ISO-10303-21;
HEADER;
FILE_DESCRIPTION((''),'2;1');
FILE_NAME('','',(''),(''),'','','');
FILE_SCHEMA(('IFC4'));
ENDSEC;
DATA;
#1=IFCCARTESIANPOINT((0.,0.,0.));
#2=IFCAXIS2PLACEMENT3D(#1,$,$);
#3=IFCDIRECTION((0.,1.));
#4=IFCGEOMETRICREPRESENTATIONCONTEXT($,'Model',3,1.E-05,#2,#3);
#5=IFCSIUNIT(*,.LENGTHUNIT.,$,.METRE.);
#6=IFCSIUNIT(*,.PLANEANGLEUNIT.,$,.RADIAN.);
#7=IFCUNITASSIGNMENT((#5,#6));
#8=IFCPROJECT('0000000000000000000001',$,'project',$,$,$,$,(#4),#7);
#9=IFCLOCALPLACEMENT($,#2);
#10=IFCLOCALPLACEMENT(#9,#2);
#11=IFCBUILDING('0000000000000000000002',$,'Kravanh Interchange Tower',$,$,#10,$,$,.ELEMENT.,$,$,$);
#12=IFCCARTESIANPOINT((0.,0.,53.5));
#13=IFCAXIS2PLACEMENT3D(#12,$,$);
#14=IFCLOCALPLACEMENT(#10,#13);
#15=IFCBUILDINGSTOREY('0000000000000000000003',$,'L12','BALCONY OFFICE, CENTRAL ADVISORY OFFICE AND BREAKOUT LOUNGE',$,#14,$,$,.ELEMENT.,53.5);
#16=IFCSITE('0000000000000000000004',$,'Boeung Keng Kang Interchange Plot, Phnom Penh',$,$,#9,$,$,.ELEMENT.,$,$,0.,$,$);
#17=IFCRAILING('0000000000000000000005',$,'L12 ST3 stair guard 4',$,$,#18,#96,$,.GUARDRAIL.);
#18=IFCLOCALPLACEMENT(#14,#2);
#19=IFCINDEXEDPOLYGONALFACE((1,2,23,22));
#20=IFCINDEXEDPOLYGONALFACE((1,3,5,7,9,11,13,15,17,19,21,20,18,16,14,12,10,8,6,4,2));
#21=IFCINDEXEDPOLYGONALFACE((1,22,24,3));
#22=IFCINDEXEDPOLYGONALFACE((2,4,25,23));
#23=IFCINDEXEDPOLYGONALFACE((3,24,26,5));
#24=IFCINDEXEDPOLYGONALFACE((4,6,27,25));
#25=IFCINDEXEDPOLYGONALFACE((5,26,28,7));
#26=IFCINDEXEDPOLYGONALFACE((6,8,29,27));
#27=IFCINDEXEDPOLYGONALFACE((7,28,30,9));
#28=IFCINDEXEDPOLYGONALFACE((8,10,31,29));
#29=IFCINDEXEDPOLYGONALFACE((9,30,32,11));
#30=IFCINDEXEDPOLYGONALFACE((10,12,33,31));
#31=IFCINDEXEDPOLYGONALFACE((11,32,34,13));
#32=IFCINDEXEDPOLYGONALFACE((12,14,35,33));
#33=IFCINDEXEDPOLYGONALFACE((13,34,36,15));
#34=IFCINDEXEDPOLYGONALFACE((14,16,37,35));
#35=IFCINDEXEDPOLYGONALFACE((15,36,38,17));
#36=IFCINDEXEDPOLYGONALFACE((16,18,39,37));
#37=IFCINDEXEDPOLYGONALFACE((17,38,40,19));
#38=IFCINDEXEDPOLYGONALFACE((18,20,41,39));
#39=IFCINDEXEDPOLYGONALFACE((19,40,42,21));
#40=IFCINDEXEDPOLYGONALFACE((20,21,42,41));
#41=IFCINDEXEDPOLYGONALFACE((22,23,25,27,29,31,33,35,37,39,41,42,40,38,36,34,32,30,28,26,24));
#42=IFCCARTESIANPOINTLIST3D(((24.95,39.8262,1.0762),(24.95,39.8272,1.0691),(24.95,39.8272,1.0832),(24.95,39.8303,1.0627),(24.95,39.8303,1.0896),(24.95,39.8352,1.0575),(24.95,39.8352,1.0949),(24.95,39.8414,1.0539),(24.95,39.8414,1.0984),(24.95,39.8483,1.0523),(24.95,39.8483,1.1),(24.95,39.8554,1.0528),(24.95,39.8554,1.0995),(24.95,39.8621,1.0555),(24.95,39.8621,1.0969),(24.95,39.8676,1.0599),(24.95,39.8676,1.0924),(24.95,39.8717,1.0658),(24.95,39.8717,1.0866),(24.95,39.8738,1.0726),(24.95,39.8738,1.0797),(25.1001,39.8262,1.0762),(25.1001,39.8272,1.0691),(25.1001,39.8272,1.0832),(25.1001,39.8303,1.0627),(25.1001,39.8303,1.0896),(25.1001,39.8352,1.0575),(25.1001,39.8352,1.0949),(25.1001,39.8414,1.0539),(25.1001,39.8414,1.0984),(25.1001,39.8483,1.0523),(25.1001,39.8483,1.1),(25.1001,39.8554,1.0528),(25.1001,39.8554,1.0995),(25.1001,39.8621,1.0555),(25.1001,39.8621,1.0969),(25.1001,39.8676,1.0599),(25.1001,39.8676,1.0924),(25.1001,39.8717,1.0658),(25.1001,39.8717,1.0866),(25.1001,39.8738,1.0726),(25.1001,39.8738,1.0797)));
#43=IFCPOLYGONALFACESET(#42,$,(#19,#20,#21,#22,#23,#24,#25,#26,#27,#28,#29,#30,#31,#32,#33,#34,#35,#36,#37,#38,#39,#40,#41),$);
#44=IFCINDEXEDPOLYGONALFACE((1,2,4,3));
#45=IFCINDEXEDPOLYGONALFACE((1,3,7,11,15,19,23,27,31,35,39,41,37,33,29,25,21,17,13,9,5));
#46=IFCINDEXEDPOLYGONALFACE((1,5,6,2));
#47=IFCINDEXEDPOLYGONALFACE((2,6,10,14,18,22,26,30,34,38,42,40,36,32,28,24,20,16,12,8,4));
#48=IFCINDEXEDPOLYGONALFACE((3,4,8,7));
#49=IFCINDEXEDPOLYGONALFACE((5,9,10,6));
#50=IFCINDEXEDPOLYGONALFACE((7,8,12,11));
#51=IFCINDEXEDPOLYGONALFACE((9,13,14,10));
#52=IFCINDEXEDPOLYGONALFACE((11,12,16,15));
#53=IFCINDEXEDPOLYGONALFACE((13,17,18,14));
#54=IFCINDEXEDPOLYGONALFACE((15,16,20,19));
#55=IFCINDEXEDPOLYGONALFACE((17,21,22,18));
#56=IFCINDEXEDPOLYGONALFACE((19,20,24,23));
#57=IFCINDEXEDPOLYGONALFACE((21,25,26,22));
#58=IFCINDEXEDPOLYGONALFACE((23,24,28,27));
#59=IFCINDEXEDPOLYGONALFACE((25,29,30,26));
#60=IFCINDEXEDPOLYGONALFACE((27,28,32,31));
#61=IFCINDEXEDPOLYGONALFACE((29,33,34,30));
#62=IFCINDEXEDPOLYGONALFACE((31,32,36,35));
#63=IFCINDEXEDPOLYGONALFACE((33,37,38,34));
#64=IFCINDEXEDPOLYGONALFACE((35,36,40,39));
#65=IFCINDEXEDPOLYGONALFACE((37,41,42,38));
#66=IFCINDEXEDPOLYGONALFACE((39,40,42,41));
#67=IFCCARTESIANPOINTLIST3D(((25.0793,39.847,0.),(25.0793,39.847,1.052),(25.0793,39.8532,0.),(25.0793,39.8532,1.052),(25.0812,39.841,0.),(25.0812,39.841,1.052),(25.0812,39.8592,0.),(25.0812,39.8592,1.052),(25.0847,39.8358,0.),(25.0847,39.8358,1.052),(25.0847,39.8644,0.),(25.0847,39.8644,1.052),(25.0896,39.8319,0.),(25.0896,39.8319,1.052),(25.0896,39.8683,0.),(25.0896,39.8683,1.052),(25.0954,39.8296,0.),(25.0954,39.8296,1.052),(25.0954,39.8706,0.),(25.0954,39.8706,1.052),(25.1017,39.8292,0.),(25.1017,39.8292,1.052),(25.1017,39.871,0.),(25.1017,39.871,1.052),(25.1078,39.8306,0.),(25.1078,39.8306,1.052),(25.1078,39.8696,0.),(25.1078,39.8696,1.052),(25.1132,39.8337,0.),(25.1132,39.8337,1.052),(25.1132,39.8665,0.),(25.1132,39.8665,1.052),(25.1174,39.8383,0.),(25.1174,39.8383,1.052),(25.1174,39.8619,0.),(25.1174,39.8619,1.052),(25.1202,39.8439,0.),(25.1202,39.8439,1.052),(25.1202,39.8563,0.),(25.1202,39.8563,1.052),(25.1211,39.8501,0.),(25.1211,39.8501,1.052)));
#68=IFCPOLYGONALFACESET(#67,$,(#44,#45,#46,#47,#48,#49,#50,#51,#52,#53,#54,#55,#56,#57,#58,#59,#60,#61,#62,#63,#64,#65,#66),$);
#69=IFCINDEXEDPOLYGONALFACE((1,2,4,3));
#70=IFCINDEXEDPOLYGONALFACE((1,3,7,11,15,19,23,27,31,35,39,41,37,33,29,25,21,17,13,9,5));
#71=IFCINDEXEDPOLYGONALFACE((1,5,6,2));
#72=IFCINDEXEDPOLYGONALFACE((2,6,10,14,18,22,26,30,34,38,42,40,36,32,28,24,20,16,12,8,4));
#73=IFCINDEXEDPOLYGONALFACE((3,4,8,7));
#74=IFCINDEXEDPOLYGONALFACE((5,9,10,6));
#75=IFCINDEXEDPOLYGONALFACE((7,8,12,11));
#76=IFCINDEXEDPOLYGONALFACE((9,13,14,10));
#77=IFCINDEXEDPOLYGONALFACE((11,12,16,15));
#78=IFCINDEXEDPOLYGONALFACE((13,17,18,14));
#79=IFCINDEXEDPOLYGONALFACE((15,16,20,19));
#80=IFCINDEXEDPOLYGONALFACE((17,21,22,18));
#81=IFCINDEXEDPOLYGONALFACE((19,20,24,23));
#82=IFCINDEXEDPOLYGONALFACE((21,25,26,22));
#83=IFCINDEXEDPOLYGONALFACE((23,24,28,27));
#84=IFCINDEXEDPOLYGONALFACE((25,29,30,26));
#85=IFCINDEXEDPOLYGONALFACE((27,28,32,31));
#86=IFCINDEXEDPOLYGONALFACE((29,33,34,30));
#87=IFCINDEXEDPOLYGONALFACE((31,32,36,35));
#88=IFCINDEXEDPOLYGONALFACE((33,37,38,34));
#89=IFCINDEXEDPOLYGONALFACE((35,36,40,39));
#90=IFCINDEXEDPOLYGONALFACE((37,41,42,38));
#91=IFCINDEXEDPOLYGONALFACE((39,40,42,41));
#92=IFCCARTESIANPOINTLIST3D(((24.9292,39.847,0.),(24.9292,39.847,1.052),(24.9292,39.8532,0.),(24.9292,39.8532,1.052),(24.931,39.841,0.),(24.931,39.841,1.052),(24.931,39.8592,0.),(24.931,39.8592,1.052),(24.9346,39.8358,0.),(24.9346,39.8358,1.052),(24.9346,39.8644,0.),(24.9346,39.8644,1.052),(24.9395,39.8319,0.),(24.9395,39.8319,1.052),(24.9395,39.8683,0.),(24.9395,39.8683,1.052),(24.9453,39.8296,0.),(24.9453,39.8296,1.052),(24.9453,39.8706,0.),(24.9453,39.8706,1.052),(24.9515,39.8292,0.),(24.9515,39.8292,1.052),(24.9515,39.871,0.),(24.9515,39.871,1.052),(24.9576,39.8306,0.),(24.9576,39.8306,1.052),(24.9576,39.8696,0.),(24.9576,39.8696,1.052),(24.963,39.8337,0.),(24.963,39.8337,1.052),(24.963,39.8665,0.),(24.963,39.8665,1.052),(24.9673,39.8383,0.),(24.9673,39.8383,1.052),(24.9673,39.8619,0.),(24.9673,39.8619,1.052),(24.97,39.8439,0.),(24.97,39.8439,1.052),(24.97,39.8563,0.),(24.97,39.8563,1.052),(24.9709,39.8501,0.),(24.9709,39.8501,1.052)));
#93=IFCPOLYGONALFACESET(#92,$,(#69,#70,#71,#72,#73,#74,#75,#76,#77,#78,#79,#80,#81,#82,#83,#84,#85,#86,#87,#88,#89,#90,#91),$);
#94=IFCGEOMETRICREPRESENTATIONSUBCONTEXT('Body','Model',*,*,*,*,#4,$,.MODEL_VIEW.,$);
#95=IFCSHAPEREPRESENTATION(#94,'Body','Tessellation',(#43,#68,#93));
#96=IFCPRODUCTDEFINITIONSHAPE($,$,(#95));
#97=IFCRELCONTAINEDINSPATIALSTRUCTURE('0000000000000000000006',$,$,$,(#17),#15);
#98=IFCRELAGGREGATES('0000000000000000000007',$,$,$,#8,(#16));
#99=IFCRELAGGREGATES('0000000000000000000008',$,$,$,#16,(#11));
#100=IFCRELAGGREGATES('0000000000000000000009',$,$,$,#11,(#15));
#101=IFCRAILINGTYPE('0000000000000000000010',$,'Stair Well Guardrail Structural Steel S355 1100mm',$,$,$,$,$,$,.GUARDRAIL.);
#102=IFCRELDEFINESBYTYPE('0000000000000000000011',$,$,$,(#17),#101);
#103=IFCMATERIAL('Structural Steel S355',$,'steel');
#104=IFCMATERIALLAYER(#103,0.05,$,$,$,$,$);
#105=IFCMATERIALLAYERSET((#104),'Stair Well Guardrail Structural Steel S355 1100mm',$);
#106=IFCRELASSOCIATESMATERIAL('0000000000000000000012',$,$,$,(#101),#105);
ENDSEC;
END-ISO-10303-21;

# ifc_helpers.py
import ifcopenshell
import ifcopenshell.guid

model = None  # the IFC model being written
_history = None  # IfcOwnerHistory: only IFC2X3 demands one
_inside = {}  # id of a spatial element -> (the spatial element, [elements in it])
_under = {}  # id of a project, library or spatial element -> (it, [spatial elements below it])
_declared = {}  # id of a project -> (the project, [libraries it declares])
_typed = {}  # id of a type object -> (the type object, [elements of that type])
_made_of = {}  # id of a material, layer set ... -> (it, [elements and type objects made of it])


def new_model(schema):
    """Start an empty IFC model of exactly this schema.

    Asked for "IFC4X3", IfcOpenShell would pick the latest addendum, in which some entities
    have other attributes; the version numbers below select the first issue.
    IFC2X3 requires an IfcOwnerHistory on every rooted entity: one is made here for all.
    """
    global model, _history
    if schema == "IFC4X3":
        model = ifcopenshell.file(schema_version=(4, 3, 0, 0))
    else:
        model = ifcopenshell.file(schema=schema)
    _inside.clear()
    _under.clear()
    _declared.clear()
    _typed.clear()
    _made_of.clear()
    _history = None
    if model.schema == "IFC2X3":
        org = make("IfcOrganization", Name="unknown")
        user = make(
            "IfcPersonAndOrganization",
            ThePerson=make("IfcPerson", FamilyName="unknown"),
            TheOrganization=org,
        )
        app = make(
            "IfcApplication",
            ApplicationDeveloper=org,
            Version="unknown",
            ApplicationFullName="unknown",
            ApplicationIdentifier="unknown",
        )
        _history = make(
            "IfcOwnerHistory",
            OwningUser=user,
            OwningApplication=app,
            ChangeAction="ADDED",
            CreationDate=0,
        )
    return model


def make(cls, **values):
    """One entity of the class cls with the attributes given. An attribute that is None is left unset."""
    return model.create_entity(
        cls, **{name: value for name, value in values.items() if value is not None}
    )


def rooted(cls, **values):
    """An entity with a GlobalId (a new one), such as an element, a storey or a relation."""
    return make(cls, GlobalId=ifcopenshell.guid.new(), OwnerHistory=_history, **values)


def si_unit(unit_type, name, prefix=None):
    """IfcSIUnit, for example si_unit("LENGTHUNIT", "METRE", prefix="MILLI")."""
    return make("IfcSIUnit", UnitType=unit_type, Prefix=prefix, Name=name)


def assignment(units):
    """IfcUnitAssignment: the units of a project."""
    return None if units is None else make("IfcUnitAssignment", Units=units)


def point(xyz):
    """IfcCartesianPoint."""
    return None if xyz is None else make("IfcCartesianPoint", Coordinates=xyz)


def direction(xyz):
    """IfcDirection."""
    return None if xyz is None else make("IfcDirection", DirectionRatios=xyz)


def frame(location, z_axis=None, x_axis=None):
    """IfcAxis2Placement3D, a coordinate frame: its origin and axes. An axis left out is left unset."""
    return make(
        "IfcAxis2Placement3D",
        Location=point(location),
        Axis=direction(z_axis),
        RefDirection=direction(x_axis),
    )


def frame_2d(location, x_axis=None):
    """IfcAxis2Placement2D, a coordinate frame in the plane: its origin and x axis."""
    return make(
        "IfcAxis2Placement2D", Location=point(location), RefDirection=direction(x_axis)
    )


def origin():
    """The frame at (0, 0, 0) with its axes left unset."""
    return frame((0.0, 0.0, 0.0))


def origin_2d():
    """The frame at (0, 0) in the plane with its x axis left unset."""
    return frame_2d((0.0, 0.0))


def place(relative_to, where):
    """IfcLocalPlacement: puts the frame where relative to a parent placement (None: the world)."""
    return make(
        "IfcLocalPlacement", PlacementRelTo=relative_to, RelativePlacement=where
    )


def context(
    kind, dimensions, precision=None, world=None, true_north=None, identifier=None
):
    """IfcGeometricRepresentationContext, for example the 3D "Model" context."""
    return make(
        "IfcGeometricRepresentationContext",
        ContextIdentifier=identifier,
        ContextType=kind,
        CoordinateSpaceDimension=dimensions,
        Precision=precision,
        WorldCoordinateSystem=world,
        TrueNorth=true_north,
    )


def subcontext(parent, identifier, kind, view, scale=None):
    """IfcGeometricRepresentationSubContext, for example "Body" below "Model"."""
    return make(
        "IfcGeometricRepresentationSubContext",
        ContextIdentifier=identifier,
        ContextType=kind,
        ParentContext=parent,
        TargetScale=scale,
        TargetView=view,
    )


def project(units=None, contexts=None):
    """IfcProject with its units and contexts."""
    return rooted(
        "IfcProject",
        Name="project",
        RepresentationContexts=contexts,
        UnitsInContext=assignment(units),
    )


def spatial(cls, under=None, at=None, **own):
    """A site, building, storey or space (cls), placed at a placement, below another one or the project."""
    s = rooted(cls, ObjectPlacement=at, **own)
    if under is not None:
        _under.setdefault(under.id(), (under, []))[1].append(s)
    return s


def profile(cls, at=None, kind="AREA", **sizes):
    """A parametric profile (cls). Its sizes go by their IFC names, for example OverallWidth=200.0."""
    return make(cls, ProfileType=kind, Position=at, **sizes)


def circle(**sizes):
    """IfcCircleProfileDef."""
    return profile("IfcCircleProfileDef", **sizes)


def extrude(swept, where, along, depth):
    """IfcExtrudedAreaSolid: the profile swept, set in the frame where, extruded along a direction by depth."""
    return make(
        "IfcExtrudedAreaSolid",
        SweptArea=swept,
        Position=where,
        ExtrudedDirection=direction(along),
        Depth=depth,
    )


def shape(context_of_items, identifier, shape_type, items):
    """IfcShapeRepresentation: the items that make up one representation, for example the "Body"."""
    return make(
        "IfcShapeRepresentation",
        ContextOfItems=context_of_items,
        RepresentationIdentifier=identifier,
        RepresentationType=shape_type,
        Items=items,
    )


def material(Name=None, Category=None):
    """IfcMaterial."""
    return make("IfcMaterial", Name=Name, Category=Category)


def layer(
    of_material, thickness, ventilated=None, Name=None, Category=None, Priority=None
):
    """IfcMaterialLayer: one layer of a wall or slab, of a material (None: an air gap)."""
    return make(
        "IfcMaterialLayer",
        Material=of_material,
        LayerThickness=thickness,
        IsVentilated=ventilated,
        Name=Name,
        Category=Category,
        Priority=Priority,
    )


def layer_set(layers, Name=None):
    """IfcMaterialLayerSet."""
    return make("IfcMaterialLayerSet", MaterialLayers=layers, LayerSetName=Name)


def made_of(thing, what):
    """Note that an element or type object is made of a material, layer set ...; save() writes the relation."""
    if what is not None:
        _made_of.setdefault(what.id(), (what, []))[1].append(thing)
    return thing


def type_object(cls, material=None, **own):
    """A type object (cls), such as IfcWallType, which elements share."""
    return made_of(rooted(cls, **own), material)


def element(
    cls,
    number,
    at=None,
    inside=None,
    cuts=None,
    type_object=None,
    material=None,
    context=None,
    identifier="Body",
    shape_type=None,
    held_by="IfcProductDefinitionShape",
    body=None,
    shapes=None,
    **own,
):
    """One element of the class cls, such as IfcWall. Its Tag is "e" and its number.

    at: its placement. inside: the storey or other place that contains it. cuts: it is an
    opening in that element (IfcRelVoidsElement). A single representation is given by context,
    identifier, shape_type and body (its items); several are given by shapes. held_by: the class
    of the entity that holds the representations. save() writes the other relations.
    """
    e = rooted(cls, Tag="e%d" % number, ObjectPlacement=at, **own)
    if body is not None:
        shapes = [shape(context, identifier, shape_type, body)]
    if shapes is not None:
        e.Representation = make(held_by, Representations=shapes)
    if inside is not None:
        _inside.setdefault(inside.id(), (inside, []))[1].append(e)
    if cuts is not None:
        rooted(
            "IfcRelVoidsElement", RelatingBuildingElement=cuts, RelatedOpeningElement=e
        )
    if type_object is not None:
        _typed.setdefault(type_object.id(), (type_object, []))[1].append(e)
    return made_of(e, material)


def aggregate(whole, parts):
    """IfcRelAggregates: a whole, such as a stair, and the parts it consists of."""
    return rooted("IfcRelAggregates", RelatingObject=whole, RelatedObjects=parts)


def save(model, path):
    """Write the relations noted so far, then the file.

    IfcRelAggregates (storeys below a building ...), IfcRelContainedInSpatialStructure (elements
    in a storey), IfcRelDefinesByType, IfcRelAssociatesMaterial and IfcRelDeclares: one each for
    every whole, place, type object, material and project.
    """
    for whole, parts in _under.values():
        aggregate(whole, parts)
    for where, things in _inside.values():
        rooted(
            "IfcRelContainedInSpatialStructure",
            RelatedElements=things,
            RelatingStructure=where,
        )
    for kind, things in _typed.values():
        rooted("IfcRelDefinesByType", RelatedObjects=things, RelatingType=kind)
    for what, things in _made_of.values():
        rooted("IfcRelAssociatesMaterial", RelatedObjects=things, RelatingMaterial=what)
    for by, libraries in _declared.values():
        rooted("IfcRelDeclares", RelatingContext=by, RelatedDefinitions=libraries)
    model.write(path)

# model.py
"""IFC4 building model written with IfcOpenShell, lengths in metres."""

from ifc_helpers import new_model, si_unit, direction, frame, origin, origin_2d, place, context, subcontext, project, spatial, circle, extrude, material, layer, layer_set, type_object, element, save


model = new_model("IFC4")

# Units and contexts
model_context = context("Model", 3, precision=1e-05, world=origin(), true_north=direction((0.0, 1.0)))
body_context = subcontext(model_context, "Body", "Model", "MODEL_VIEW")
ifc_project = project(units=[si_unit("LENGTHUNIT", "METRE"), si_unit("PLANEANGLEUNIT", "RADIAN")], contexts=[model_context])

# Site, building, storey
site_placement = place(None, origin())
site = spatial("IfcSite", under=ifc_project, at=site_placement, Name="Boeung Keng Kang Interchange Plot, Phnom Penh", CompositionType="ELEMENT", RefElevation=0.0)
building_placement = place(site_placement, origin())
building = spatial("IfcBuilding", under=site, at=building_placement, Name="Kravanh Interchange Tower", CompositionType="ELEMENT")
storey_placement = place(building_placement, frame((0.0, 0.0, 53.5)))
storey = spatial("IfcBuildingStorey", under=building, at=storey_placement, Name="L12", Description="BALCONY OFFICE, CENTRAL ADVISORY OFFICE AND BREAKOUT LOUNGE", CompositionType="ELEMENT", Elevation=53.5)

# Railing
ifc_material_1 = material(Name="Structural Steel S355", Category="steel")
ifc_layer_1 = layer(ifc_material_1, 0.05)
ifc_layer_set_1 = layer_set([ifc_layer_1], Name="Stair Well Guardrail Structural Steel S355 1100mm")
railing_type_1 = type_object("IfcRailingType", Name="Stair Well Guardrail Structural Steel S355 1100mm", PredefinedType="GUARDRAIL", material=ifc_layer_set_1)
railing_1_placement = place(storey_placement, frame((25.1001, 39.8501, 0.0)))
element("IfcRailing", 1, at=railing_1_placement, inside=storey, type_object=railing_type_1, Name="L12 ST3 stair guard 4", PredefinedType="GUARDRAIL", context=body_context, shape_type="SweptSolid", body=[
    extrude(circle(Radius=0.0239, at=origin_2d()), frame((0.0, 0.0, 1.0762), z_axis=(-1.0, 0.0, 0.0), x_axis=(0.0, -1.0, 0.0)), (0.0, 0.0, 1.0), 0.1501),
    extrude(circle(Radius=0.021, at=origin_2d()), origin(), (0.0, 0.0, 1.0), 1.052),
    extrude(circle(Radius=0.021, at=origin_2d()), frame((-0.1501, 0.0, 0.0)), (0.0, 0.0, 1.0), 1.052),
])

save(model, "model.ifc")
